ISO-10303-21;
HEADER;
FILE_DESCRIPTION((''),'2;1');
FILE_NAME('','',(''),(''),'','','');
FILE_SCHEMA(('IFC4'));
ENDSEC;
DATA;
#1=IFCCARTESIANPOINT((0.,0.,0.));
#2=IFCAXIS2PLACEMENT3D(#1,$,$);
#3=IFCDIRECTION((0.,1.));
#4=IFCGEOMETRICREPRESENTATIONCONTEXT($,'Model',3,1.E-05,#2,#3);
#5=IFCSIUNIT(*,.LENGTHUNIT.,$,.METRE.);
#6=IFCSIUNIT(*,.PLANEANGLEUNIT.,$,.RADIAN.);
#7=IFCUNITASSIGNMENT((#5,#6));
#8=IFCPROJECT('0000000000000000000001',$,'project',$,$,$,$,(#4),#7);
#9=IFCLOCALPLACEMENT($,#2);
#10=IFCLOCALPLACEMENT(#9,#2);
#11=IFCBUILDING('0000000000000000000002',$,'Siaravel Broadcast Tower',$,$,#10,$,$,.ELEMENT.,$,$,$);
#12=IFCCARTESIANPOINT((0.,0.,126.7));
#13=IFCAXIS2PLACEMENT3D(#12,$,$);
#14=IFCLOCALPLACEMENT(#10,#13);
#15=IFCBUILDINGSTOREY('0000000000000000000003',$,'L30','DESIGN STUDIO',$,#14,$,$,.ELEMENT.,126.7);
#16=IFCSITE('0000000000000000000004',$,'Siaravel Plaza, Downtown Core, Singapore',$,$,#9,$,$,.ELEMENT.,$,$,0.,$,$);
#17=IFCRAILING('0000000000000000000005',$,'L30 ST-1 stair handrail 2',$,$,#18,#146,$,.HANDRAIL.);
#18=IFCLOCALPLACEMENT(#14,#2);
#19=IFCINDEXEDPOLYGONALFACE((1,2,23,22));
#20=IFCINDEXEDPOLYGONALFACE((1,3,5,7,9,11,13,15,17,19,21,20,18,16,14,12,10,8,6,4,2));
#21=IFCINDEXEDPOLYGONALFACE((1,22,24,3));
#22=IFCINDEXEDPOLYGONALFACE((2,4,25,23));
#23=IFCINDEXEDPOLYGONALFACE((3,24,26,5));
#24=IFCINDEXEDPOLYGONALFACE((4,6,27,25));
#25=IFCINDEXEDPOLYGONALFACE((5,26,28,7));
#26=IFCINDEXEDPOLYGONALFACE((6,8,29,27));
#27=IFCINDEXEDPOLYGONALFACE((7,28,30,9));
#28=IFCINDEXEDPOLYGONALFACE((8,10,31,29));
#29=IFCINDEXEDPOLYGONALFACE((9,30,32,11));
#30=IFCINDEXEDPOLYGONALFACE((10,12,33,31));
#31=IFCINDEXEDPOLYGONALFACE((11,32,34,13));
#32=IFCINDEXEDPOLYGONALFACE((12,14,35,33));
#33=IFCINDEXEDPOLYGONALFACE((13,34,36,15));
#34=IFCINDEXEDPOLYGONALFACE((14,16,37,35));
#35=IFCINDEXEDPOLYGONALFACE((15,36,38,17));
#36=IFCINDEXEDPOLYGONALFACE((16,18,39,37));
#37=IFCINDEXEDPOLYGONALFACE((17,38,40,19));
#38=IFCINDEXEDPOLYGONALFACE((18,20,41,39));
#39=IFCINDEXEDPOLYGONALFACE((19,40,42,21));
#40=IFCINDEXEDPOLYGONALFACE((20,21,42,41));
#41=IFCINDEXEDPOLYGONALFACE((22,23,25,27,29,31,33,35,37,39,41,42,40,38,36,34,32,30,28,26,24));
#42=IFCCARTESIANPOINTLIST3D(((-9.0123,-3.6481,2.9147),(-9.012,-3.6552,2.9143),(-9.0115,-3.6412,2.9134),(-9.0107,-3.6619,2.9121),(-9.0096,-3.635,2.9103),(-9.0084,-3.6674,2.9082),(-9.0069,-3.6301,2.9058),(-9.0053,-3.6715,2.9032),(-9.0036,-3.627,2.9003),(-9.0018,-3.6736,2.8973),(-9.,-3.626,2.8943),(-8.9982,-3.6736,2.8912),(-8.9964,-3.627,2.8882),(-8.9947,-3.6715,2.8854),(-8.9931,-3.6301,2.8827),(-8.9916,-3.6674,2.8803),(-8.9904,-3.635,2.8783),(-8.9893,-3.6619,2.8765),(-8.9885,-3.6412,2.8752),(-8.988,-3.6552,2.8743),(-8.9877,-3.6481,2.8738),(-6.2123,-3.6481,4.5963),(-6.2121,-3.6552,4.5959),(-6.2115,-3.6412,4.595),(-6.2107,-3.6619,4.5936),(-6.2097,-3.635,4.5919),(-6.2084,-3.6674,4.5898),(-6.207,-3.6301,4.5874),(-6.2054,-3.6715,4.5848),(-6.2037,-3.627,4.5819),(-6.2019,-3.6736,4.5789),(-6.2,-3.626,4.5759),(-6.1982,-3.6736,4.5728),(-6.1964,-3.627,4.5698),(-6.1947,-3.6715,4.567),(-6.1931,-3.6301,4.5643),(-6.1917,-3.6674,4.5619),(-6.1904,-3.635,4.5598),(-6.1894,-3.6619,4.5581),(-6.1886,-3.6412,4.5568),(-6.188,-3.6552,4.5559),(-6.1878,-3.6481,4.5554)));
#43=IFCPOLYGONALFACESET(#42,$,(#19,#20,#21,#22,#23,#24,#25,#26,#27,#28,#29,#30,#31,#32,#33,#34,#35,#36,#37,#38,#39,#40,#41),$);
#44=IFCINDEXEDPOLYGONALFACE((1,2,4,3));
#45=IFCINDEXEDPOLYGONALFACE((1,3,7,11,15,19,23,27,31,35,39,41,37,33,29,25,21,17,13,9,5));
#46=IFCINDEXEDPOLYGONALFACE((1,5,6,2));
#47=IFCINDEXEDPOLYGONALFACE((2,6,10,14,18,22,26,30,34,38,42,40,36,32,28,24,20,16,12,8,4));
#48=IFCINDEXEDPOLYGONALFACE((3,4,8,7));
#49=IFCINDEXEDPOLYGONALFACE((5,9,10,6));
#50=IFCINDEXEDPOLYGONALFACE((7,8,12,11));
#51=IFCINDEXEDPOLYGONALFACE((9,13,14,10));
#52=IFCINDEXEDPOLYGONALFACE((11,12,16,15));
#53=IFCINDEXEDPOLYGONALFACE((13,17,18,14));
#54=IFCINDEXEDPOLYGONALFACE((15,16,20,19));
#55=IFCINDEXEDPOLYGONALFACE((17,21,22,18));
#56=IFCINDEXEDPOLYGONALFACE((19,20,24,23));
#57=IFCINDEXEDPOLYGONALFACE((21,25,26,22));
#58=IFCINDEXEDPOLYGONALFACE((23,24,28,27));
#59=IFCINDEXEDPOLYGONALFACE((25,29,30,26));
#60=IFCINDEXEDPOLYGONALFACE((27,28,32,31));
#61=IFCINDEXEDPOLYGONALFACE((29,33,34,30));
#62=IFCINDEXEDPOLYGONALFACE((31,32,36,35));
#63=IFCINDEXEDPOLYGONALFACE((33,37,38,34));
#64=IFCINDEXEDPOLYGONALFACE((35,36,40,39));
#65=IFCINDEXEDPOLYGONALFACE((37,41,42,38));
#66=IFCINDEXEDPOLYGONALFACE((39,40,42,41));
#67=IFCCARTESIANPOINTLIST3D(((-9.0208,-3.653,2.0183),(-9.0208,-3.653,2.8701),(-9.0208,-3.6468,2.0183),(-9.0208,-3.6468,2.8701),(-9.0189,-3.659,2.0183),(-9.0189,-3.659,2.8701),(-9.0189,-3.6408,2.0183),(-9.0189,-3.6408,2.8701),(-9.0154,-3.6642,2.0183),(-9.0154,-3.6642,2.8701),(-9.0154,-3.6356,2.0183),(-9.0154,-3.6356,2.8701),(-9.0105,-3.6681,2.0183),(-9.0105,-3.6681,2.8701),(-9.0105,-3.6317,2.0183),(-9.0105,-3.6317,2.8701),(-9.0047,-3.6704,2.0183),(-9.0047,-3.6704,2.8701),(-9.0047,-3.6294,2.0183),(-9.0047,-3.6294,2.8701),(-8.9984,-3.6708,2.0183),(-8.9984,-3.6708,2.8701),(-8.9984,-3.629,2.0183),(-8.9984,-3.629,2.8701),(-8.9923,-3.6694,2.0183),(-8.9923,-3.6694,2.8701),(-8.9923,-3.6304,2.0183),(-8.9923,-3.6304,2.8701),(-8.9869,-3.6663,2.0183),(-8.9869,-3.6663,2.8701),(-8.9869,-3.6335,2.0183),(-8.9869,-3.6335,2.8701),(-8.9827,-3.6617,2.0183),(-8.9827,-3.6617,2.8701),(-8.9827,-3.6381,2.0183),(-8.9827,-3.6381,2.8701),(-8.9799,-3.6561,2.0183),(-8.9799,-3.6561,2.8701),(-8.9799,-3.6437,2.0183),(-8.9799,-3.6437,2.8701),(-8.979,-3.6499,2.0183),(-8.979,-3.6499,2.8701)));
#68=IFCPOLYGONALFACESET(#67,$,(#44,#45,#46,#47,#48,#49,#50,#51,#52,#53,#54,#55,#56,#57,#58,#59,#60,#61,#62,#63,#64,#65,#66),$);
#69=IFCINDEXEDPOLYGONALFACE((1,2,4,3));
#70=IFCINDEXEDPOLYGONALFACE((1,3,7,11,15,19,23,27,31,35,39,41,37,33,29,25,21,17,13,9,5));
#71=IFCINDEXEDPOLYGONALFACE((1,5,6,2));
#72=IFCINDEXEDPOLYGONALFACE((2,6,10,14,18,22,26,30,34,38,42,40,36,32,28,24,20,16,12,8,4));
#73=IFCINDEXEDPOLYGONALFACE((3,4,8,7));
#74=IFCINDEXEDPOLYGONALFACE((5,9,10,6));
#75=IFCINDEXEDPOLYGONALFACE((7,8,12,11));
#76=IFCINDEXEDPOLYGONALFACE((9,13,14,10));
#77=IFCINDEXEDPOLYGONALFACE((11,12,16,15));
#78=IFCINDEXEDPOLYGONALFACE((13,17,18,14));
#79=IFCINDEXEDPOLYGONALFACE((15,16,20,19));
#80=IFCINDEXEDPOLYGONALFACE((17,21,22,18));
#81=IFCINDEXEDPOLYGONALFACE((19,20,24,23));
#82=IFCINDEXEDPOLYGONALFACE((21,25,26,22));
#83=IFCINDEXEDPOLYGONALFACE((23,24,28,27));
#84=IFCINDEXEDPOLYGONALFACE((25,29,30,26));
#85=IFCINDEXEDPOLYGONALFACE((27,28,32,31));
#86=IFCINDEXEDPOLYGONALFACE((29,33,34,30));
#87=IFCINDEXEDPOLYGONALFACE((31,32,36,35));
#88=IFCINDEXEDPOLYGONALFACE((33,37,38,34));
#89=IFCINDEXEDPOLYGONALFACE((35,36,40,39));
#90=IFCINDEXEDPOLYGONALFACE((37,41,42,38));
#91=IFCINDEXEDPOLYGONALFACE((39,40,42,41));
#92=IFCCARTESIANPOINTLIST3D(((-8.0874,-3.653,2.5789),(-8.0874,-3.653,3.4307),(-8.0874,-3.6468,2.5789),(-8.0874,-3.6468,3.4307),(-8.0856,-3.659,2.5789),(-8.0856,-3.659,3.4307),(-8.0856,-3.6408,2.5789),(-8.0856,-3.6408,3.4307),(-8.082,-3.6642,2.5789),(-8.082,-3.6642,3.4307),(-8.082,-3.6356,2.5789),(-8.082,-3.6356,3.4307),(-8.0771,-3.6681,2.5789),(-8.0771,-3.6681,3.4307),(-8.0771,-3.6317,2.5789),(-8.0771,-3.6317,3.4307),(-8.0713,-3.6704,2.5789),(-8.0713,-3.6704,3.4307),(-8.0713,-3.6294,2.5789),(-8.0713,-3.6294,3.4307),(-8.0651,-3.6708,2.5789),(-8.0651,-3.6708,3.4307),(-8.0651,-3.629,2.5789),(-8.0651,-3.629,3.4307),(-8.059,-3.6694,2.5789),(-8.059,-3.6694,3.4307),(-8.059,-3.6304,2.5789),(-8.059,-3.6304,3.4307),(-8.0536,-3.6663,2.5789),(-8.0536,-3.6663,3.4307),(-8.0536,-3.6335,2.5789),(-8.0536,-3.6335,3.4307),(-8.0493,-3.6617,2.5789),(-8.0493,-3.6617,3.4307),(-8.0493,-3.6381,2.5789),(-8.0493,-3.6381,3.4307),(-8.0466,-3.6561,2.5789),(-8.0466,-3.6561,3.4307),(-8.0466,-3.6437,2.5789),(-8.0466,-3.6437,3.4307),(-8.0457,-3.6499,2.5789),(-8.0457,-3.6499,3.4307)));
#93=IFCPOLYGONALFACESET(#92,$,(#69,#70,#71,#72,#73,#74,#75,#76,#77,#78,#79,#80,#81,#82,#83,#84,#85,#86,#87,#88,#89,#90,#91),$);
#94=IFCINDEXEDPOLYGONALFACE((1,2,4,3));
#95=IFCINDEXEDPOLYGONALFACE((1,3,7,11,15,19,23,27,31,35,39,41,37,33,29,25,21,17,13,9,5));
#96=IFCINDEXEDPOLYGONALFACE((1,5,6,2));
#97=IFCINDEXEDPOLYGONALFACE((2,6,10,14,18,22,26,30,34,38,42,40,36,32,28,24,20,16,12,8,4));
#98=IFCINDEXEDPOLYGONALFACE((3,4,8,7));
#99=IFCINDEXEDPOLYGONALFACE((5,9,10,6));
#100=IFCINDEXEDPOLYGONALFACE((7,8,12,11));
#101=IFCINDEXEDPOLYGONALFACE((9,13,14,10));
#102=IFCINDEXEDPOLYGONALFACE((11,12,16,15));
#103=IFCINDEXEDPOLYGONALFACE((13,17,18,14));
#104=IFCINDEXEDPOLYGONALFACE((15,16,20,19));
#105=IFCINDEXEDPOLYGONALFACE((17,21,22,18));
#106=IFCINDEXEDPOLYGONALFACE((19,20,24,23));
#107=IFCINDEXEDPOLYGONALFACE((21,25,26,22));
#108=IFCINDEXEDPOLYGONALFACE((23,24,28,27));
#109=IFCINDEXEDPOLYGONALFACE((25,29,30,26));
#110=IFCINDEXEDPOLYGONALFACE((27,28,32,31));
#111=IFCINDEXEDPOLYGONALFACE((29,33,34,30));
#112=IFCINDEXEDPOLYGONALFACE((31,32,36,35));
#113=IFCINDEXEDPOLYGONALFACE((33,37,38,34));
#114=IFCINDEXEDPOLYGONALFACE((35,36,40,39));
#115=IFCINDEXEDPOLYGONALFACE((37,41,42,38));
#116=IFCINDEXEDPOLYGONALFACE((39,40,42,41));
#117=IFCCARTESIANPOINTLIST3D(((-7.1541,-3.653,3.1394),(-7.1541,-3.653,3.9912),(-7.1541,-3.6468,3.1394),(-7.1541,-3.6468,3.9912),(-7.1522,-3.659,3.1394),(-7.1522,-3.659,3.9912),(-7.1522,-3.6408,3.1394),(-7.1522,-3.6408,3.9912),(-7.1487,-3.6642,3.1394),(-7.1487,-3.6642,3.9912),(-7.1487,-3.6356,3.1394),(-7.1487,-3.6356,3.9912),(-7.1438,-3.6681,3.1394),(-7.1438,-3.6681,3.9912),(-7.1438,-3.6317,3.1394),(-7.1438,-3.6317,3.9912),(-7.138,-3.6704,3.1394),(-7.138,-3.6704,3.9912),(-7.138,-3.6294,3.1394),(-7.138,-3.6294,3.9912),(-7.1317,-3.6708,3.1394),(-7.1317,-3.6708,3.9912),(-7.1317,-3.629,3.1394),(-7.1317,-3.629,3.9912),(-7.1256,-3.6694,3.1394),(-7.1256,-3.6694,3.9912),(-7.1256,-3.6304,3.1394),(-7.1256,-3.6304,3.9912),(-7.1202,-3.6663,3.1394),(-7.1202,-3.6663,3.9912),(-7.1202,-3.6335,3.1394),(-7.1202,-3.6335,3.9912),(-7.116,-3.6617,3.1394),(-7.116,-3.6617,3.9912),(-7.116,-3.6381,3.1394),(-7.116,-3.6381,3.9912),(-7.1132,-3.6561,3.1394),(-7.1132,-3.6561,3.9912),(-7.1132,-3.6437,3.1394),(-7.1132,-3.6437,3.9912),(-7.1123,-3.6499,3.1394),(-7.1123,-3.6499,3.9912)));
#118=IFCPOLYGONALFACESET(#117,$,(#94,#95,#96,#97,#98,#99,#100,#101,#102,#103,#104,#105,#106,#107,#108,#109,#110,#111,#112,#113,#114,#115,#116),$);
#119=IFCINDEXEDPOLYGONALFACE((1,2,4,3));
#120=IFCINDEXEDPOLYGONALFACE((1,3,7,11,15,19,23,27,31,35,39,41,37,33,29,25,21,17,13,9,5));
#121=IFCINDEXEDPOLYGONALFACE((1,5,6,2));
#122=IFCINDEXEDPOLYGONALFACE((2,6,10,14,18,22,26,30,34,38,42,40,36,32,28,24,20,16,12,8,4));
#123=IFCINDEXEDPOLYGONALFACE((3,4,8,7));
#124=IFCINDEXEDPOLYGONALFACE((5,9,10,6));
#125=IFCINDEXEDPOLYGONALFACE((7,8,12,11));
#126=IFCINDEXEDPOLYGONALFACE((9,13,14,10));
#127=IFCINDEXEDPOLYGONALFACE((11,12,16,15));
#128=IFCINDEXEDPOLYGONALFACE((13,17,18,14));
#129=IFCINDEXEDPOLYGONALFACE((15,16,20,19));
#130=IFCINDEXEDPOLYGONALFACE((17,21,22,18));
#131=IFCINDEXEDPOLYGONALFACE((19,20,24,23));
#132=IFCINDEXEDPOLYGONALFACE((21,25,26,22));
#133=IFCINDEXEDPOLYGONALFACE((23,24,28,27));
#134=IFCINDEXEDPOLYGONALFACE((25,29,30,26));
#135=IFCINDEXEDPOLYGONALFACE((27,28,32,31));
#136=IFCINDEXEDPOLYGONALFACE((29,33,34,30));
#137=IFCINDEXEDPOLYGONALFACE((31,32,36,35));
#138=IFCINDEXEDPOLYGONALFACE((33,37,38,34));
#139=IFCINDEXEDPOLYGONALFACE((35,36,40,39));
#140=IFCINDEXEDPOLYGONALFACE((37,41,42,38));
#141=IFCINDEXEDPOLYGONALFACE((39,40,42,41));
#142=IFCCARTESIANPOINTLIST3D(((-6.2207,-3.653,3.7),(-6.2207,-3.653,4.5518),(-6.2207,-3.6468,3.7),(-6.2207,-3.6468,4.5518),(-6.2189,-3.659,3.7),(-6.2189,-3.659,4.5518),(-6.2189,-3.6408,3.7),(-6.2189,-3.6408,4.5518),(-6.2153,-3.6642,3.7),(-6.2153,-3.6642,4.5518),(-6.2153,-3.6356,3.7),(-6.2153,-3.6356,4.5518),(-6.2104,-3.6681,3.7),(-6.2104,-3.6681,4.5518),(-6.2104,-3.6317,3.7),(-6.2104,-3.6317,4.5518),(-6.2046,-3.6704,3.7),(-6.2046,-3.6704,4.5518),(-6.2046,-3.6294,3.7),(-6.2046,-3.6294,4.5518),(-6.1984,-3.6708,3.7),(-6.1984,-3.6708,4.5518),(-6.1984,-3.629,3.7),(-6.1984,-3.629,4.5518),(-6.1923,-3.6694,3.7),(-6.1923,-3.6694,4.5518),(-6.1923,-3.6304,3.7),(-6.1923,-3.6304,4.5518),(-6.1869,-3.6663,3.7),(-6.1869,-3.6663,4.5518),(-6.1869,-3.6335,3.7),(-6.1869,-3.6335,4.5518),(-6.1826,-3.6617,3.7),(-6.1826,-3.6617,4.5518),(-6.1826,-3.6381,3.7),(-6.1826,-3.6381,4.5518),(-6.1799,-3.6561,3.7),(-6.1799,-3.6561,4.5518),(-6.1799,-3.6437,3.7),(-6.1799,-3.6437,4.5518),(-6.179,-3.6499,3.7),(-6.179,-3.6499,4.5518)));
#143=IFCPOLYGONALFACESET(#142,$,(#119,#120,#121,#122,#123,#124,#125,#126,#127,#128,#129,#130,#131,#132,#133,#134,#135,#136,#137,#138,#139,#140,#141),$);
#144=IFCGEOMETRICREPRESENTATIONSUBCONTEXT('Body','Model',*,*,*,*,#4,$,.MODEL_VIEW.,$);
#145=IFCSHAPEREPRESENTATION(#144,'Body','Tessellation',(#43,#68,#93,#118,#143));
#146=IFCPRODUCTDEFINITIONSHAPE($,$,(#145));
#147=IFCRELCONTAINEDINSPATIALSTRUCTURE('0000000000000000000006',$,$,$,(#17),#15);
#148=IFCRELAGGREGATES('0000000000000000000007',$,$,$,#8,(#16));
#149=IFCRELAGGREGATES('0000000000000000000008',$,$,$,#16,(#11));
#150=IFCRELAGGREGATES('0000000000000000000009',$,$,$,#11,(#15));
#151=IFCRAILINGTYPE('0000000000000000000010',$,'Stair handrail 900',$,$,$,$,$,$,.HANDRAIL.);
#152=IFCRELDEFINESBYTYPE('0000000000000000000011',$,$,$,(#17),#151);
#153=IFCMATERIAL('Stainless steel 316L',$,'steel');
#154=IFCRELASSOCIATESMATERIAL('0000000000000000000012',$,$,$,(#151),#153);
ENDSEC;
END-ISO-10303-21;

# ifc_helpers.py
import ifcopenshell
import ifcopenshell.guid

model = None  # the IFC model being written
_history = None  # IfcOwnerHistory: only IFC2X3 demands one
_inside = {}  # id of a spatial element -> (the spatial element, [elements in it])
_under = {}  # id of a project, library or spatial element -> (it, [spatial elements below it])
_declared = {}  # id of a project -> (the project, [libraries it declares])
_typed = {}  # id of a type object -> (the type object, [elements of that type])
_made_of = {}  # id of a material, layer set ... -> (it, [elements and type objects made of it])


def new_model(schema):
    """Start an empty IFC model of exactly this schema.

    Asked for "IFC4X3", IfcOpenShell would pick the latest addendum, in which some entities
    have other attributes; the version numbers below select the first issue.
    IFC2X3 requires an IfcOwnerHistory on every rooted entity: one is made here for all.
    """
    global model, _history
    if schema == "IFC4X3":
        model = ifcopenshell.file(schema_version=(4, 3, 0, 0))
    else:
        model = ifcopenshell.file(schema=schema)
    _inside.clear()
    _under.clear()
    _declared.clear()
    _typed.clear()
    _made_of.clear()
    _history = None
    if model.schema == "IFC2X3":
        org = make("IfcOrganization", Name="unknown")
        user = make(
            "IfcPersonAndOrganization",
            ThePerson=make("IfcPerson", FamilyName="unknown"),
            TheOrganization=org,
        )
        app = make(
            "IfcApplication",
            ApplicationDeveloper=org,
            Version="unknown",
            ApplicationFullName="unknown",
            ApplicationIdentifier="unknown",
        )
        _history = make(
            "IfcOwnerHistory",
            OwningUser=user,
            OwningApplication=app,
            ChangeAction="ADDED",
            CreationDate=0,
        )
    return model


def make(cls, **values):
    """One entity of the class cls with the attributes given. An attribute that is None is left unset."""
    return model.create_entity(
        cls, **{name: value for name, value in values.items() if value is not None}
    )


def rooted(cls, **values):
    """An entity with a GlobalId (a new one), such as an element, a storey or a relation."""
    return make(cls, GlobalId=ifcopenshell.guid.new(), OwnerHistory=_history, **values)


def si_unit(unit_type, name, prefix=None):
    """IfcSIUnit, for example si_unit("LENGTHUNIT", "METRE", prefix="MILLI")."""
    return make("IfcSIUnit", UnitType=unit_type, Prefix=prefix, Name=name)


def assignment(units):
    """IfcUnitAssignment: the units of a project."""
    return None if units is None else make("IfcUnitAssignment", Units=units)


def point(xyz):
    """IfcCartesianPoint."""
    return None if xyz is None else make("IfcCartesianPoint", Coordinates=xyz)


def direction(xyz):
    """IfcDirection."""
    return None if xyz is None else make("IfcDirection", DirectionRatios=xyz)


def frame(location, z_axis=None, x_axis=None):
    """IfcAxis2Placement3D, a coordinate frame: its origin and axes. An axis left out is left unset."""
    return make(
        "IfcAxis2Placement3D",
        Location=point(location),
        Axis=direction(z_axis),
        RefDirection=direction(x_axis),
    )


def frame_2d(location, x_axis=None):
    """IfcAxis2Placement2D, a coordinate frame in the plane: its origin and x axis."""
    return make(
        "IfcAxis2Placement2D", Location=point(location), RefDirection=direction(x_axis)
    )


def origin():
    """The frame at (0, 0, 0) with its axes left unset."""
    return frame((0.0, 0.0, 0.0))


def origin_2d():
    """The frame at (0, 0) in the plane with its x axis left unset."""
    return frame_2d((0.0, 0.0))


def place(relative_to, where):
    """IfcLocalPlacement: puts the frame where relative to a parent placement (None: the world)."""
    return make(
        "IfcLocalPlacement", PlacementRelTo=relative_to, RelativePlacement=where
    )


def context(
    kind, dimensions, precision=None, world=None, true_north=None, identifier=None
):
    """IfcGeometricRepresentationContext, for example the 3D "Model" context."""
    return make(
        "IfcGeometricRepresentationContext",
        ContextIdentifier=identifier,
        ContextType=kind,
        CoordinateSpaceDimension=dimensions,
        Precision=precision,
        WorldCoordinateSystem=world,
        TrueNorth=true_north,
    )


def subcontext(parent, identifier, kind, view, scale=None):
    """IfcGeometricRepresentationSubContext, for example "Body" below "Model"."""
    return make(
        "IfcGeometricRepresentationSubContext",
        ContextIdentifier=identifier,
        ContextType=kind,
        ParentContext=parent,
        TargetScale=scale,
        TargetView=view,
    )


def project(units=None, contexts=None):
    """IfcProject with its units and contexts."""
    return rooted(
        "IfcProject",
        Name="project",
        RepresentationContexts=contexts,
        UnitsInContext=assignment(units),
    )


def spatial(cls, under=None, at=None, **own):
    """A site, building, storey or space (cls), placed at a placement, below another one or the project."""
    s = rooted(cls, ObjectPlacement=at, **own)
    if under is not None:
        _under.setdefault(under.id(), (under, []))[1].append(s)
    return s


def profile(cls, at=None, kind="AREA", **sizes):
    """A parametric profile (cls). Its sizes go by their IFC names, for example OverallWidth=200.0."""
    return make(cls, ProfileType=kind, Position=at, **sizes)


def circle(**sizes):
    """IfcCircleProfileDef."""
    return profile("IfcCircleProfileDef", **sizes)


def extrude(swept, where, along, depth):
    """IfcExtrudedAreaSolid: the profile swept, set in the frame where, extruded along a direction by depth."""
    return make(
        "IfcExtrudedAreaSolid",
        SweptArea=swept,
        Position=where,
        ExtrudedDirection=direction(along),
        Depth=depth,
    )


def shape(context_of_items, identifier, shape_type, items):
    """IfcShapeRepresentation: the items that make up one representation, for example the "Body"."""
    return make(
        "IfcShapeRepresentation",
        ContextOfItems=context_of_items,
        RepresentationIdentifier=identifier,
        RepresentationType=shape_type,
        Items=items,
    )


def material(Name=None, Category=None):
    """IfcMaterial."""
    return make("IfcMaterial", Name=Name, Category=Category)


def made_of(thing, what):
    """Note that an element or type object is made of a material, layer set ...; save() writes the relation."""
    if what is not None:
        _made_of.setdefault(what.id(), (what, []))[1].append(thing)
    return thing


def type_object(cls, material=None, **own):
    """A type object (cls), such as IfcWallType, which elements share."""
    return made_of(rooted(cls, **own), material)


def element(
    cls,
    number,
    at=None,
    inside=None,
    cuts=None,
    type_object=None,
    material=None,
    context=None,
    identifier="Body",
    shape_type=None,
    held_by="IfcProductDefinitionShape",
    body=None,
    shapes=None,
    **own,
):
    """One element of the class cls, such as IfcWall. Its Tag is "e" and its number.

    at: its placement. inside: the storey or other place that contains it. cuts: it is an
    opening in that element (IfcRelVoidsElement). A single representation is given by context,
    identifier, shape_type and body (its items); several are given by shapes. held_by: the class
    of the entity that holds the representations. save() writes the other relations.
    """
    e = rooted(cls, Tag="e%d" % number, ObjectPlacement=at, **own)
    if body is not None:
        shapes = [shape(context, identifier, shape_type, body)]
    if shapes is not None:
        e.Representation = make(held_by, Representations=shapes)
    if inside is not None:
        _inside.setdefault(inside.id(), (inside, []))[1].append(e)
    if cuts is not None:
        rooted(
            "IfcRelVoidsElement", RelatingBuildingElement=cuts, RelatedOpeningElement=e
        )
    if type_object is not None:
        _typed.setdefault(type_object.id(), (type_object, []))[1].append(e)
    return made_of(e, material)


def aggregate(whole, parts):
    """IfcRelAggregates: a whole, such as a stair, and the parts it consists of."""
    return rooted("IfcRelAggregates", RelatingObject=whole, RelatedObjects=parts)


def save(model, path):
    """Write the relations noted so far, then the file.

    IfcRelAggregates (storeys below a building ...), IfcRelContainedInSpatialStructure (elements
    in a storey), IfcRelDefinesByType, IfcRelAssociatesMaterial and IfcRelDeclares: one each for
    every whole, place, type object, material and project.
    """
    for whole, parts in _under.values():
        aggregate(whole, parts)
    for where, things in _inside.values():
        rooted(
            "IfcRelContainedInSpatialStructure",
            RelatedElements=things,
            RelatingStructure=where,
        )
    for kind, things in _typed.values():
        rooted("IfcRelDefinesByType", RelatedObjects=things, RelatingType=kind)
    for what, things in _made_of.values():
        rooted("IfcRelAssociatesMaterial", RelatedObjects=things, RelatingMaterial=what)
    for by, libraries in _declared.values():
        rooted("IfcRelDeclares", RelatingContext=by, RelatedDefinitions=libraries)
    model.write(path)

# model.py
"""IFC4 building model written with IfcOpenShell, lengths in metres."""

from ifc_helpers import new_model, si_unit, direction, frame, origin, origin_2d, place, context, subcontext, project, spatial, circle, extrude, material, type_object, element, save


model = new_model("IFC4")

# Units and contexts
model_context = context("Model", 3, precision=1e-05, world=origin(), true_north=direction((0.0, 1.0)))
body_context = subcontext(model_context, "Body", "Model", "MODEL_VIEW")
ifc_project = project(units=[si_unit("LENGTHUNIT", "METRE"), si_unit("PLANEANGLEUNIT", "RADIAN")], contexts=[model_context])

# Site, building, storey
site_placement = place(None, origin())
site = spatial("IfcSite", under=ifc_project, at=site_placement, Name="Siaravel Plaza, Downtown Core, Singapore", CompositionType="ELEMENT", RefElevation=0.0)
building_placement = place(site_placement, origin())
building = spatial("IfcBuilding", under=site, at=building_placement, Name="Siaravel Broadcast Tower", CompositionType="ELEMENT")
storey_placement = place(building_placement, frame((0.0, 0.0, 126.7)))
storey = spatial("IfcBuildingStorey", under=building, at=storey_placement, Name="L30", Description="DESIGN STUDIO", CompositionType="ELEMENT", Elevation=126.7)

# Railing
ifc_material_1 = material(Name="Stainless steel 316L", Category="steel")
railing_type_1 = type_object("IfcRailingType", Name="Stair handrail 900", PredefinedType="HANDRAIL", material=ifc_material_1)
railing_1_placement = place(storey_placement, frame((-9.0, -3.6499, 2.0183)))
element("IfcRailing", 1, at=railing_1_placement, inside=storey, type_object=railing_type_1, Name="L30 ST-1 stair handrail 2", PredefinedType="HANDRAIL", context=body_context, shape_type="SweptSolid", body=[
    extrude(circle(Radius=0.0239, at=origin_2d()), frame((0.0, 0.0, 0.876), z_axis=(0.857275, 0.0, 0.514858), x_axis=(0.0, 1.0, 0.0)), (0.0, 0.0, 1.0), 3.2661),
    extrude(circle(Radius=0.021, at=origin_2d()), origin(), (0.0, 0.0, 1.0), 0.8518),
    extrude(circle(Radius=0.021, at=origin_2d()), frame((0.9333, 0.0, 0.5605)), (0.0, 0.0, 1.0), 0.8518),
    extrude(circle(Radius=0.021, at=origin_2d()), frame((1.8667, 0.0, 1.1211)), (0.0, 0.0, 1.0), 0.8518),
    extrude(circle(Radius=0.021, at=origin_2d()), frame((2.8, 0.0, 1.6816)), (0.0, 0.0, 1.0), 0.8518),
])

save(model, "model.ifc")
